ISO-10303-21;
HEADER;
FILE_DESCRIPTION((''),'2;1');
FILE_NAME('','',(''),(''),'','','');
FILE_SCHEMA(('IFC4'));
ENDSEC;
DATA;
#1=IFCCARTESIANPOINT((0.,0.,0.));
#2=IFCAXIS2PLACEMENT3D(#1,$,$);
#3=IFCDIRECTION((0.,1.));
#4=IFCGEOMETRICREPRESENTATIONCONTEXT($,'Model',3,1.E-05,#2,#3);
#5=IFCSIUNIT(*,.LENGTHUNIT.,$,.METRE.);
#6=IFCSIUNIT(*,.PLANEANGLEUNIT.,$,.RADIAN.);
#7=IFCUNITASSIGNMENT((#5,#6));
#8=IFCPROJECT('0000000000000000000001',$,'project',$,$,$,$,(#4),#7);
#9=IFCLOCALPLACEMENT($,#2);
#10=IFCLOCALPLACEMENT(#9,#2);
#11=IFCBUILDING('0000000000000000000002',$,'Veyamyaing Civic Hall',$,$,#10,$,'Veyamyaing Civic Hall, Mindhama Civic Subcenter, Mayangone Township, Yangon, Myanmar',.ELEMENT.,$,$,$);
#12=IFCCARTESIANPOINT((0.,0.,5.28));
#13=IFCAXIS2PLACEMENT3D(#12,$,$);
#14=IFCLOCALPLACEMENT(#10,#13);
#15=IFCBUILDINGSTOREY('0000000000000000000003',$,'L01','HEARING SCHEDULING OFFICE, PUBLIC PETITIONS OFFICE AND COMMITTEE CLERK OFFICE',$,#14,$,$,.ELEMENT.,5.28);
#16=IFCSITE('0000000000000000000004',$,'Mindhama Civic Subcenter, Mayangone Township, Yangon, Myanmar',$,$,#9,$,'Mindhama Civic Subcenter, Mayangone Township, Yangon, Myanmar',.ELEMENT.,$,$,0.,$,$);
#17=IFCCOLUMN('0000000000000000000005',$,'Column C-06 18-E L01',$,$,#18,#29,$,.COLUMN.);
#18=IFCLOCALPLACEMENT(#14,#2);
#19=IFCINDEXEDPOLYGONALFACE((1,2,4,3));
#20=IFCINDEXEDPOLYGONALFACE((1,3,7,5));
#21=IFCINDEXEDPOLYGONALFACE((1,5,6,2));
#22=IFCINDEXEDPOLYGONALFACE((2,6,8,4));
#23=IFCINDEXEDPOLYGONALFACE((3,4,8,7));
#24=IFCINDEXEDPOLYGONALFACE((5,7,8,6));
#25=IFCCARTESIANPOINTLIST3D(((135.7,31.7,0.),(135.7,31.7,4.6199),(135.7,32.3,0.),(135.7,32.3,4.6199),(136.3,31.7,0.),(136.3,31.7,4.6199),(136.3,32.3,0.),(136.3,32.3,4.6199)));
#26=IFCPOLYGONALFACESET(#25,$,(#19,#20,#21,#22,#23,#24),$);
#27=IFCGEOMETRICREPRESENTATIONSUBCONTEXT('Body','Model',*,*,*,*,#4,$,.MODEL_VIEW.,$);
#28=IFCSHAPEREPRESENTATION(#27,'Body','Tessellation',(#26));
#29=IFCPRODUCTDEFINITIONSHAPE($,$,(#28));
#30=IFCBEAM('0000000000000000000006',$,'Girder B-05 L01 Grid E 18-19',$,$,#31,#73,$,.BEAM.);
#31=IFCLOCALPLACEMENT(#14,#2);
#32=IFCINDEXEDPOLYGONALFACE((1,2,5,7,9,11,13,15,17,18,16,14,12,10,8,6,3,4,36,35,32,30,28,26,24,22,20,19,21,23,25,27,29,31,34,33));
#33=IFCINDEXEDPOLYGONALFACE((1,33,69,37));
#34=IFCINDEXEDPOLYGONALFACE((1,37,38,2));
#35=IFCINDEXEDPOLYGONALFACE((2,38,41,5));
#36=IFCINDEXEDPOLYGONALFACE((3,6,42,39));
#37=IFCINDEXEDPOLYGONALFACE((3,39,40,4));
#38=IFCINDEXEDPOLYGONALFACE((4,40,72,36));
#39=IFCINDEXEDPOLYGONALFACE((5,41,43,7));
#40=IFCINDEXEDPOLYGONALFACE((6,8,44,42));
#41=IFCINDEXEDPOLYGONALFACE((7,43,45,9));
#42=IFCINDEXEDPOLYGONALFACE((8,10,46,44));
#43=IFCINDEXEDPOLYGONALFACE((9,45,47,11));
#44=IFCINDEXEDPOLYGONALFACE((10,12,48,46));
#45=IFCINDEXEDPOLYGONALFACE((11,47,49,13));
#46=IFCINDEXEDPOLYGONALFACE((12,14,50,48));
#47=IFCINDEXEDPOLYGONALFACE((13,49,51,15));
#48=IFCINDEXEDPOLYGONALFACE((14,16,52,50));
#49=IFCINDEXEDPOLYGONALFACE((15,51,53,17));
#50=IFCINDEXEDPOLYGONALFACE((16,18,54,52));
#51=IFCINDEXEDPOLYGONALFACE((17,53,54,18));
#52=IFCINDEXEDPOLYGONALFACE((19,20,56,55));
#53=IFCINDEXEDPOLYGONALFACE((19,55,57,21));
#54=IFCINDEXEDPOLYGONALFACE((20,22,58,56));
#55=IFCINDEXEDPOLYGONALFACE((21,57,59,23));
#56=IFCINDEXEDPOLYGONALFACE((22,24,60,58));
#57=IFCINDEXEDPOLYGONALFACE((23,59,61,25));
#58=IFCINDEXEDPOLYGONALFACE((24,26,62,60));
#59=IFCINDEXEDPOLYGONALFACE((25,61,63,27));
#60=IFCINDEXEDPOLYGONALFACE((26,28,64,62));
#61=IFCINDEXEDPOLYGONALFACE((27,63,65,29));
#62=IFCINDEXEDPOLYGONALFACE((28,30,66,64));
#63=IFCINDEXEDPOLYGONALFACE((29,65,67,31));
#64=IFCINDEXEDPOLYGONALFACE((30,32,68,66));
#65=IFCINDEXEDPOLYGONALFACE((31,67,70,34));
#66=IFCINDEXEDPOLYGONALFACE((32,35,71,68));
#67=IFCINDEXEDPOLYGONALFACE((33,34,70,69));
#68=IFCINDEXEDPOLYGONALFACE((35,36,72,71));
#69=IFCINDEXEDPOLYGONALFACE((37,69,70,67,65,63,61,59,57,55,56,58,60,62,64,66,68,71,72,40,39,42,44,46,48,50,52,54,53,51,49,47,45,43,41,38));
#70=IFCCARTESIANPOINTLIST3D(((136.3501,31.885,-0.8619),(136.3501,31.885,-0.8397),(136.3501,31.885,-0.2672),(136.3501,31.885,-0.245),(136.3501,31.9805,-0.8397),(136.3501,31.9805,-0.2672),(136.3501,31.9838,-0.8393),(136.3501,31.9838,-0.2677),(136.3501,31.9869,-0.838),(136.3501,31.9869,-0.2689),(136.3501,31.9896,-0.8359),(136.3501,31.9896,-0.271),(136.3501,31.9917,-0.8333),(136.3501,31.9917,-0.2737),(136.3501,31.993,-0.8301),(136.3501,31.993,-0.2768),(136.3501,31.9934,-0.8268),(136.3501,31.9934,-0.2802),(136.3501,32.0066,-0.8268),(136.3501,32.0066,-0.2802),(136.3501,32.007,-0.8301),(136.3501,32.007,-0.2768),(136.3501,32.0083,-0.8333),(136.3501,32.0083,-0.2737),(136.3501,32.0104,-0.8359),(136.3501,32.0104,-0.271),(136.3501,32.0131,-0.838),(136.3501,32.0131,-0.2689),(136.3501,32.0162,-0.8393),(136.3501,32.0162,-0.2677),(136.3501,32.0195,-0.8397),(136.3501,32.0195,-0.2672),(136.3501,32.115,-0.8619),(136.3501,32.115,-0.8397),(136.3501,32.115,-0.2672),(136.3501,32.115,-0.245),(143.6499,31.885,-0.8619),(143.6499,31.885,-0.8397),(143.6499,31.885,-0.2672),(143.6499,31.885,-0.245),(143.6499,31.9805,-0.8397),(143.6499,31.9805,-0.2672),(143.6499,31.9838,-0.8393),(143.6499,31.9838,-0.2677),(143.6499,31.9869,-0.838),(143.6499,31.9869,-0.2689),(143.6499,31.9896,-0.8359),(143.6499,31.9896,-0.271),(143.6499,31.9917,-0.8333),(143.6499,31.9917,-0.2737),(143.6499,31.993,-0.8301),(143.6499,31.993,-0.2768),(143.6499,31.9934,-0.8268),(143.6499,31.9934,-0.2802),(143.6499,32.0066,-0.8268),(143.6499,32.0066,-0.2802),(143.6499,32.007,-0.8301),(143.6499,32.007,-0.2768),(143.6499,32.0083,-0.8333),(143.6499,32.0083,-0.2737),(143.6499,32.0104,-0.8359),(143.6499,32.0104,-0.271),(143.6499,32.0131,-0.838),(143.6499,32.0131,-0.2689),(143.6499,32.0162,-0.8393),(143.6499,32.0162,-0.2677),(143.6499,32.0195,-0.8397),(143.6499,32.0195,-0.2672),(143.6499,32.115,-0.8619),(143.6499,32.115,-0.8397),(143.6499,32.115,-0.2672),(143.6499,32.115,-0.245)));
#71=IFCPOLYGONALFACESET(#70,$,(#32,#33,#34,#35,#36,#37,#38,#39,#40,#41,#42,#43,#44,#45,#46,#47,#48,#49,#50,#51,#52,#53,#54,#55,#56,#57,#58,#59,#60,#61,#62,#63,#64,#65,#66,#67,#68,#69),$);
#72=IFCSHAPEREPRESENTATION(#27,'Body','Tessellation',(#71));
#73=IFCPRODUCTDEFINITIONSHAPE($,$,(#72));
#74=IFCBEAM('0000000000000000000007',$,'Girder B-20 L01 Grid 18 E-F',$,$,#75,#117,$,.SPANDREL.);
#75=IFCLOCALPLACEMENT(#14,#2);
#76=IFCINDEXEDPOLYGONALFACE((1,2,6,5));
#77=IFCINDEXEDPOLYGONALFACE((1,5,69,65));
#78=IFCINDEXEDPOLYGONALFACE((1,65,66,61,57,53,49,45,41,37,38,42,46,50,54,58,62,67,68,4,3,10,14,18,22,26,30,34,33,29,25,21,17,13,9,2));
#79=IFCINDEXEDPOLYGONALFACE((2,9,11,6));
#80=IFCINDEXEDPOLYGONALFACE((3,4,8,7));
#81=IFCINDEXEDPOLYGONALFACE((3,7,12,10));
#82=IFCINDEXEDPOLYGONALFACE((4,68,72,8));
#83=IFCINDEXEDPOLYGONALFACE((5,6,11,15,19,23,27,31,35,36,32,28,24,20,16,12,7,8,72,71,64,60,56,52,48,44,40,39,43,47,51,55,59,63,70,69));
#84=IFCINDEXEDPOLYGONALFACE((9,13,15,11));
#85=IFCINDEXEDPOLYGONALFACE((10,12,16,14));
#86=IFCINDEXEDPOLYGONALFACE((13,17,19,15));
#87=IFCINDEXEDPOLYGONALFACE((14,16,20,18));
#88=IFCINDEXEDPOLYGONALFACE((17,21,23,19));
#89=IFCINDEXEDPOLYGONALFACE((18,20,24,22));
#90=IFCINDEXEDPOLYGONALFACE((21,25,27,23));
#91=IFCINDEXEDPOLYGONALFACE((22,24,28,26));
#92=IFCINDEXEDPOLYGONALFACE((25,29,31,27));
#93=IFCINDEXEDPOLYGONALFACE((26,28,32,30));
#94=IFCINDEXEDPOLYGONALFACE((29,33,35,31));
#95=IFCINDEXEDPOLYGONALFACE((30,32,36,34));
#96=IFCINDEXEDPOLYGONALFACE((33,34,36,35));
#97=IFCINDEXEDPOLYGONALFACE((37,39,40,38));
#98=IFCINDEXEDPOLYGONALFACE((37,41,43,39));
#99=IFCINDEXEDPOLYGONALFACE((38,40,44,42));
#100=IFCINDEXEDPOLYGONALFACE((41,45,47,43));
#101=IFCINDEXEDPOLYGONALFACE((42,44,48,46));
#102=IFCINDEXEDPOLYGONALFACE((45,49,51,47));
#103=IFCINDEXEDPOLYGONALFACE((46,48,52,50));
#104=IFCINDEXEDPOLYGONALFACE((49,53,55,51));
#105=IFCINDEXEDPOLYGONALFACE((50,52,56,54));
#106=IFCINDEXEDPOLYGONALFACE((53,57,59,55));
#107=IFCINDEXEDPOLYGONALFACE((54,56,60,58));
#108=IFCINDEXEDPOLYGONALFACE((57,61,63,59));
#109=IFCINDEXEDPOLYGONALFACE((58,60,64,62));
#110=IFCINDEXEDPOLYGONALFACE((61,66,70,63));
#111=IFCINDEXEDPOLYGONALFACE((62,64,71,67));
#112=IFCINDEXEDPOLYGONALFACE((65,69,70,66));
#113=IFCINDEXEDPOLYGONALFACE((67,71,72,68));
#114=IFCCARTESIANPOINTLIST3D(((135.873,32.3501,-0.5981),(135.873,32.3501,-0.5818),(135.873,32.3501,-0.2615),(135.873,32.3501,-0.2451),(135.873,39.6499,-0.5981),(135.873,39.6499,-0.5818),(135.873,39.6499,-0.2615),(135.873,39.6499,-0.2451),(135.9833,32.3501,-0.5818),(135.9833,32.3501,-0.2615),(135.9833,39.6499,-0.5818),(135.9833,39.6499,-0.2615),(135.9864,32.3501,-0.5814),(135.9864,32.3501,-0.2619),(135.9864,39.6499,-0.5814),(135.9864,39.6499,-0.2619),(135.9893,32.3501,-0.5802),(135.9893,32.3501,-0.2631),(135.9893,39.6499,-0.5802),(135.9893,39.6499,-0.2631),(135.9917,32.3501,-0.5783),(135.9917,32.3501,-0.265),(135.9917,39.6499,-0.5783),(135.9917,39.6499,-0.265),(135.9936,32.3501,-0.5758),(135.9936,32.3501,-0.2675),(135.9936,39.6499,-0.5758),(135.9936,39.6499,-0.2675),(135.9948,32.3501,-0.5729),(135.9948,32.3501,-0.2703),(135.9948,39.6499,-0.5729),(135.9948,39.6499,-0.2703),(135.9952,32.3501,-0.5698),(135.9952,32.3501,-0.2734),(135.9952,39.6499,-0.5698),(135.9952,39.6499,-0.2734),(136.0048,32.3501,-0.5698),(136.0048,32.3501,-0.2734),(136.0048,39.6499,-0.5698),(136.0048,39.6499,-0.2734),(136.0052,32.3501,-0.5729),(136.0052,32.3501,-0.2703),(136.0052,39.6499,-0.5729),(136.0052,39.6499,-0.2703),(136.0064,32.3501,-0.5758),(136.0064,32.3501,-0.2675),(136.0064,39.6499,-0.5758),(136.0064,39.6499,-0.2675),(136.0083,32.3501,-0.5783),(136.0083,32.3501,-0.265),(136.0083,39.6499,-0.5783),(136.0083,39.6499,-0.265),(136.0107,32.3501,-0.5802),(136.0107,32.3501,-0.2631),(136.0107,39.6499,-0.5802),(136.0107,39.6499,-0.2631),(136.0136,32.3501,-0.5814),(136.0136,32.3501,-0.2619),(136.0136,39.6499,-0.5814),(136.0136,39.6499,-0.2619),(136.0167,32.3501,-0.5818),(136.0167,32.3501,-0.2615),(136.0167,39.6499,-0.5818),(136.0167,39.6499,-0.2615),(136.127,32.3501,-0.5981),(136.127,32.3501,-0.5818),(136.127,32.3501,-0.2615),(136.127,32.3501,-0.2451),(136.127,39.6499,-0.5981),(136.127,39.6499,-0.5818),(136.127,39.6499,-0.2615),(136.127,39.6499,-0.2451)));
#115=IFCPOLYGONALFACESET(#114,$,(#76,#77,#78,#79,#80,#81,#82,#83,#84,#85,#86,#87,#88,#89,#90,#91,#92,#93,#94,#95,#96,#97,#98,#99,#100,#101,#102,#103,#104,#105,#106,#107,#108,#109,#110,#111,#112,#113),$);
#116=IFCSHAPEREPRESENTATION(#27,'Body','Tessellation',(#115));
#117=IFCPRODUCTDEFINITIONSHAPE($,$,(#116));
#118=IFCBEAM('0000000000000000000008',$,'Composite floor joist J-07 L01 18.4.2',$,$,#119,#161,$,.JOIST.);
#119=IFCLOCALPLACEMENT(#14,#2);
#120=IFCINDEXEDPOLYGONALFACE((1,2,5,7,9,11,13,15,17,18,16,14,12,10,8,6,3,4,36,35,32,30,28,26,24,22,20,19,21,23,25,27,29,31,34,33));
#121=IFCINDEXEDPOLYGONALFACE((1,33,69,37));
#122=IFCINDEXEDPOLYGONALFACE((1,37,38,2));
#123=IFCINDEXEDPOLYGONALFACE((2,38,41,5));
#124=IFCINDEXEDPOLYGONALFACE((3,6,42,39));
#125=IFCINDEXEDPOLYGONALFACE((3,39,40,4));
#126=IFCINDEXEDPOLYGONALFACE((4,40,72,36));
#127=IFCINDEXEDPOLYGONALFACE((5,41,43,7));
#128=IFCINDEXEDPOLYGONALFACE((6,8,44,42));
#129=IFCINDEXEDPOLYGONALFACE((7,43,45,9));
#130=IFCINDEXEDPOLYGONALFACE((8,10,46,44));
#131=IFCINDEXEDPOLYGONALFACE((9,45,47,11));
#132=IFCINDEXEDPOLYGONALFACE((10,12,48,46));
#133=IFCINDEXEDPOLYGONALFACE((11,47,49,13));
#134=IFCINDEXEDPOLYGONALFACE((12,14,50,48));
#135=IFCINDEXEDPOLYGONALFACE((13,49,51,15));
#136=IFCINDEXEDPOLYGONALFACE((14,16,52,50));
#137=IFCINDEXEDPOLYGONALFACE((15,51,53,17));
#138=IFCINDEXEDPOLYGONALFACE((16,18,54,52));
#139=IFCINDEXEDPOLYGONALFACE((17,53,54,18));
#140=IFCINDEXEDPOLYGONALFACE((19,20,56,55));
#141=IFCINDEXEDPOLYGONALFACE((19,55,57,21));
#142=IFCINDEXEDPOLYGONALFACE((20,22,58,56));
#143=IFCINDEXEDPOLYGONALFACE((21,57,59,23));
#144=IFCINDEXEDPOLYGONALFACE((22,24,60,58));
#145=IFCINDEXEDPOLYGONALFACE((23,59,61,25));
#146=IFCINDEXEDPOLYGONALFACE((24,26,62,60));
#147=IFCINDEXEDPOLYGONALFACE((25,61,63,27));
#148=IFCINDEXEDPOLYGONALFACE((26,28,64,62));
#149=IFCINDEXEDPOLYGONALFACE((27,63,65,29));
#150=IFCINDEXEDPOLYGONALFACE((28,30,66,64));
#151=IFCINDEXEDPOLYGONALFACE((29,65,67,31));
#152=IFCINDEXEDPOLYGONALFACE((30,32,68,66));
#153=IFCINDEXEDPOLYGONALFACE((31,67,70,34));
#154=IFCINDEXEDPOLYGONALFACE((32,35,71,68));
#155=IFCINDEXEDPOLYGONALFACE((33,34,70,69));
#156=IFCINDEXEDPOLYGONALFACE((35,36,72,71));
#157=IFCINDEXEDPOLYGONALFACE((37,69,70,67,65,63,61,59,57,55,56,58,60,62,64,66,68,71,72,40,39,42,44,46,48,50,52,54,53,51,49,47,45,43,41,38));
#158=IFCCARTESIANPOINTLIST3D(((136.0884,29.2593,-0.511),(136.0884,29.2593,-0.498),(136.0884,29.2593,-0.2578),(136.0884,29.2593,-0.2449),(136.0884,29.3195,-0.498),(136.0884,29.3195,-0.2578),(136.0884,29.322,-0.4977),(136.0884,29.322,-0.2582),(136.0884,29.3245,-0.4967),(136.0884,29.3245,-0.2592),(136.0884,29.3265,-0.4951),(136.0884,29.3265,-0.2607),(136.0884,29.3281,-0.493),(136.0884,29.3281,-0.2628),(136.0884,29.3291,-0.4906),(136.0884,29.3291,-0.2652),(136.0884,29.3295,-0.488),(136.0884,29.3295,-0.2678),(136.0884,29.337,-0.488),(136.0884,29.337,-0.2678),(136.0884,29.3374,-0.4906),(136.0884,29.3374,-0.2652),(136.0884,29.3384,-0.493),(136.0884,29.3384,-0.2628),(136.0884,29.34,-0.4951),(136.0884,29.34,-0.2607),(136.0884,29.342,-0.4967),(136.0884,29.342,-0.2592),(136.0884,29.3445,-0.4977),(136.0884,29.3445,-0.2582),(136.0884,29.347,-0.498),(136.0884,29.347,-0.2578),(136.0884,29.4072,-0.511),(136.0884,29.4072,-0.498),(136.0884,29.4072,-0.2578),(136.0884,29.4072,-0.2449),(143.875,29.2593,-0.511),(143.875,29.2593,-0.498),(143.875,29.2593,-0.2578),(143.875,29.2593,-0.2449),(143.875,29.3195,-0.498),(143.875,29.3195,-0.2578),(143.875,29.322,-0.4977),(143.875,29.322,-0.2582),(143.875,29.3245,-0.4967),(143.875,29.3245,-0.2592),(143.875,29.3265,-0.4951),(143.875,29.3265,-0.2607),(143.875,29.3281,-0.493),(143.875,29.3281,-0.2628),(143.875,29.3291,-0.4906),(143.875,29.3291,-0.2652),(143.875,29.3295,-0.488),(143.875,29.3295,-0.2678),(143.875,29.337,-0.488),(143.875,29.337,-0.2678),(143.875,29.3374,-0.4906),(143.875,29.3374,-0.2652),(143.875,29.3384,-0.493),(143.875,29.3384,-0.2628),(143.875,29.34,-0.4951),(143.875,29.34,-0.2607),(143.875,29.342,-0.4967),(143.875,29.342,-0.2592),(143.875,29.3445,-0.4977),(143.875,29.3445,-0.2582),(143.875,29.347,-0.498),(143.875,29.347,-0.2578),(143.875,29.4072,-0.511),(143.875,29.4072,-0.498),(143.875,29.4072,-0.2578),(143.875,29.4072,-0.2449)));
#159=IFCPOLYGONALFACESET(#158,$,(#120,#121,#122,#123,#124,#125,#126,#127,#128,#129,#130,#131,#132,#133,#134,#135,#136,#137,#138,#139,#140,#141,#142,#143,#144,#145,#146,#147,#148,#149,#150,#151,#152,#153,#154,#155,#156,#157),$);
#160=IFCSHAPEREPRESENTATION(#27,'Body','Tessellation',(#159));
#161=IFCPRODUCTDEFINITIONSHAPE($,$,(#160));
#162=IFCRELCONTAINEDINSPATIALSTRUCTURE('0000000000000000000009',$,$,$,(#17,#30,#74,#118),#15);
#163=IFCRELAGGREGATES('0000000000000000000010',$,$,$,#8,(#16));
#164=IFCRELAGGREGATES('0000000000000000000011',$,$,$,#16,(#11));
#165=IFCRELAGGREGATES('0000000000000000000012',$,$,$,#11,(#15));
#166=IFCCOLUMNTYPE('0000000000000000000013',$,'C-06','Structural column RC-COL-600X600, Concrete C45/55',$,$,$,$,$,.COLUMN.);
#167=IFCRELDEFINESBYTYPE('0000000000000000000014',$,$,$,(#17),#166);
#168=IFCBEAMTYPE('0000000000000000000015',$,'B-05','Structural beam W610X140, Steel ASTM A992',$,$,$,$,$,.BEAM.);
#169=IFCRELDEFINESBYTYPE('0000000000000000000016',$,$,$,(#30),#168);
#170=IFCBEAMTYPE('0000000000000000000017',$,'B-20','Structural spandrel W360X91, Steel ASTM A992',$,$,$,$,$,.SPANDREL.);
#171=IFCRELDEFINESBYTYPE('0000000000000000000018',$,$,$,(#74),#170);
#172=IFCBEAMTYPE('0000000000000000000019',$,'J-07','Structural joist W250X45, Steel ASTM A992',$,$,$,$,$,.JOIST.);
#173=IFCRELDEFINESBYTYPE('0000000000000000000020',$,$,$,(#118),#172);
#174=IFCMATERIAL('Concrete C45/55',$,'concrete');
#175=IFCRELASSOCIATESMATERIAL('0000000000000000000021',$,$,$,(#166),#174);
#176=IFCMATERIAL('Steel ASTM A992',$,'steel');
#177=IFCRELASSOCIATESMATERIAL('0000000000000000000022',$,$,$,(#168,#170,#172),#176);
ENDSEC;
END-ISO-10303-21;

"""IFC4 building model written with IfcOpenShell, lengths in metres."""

from ifc_helpers import new_model, si_unit, direction, frame, origin, origin_2d, place, context, subcontext, project, spatial, rectangle, i_section, extrude, material, material_profile, profile_set, type_object, element, save


model = new_model("IFC4")

# Units and contexts
model_context = context("Model", 3, precision=1e-05, world=origin(), true_north=direction((0.0, 1.0)))
body_context = subcontext(model_context, "Body", "Model", "MODEL_VIEW")
ifc_project = project(units=[si_unit("LENGTHUNIT", "METRE"), si_unit("PLANEANGLEUNIT", "RADIAN")], contexts=[model_context])

# Site, building, storey
site_placement = place(None, origin())
site = spatial("IfcSite", under=ifc_project, at=site_placement, Name="Mindhama Civic Subcenter, Mayangone Township, Yangon, Myanmar", LongName="Mindhama Civic Subcenter, Mayangone Township, Yangon, Myanmar", CompositionType="ELEMENT", RefElevation=0.0)
building_placement = place(site_placement, origin())
building = spatial("IfcBuilding", under=site, at=building_placement, Name="Veyamyaing Civic Hall", LongName="Veyamyaing Civic Hall, Mindhama Civic Subcenter, Mayangone Township, Yangon, Myanmar", CompositionType="ELEMENT")
storey_placement = place(building_placement, frame((0.0, 0.0, 5.28)))
storey = spatial("IfcBuildingStorey", under=building, at=storey_placement, Name="L01", Description="HEARING SCHEDULING OFFICE, PUBLIC PETITIONS OFFICE AND COMMITTEE CLERK OFFICE", CompositionType="ELEMENT", Elevation=5.28)

# Column
ifc_material_1 = material(Name="Concrete C45/55", Category="concrete")
ifc_material_profile_1 = material_profile(ifc_material_1, rectangle(XDim=0.6001, YDim=0.6001, at=origin_2d()), Name="RC-COL-600X600")
ifc_profile_set_1 = profile_set([ifc_material_profile_1], Name="Concrete C45/55")
column_type = type_object("IfcColumnType", Name="C-06", Description="Structural column RC-COL-600X600, Concrete C45/55", PredefinedType="COLUMN", material=ifc_profile_set_1)
column_placement = place(storey_placement, frame((136.0, 32.0, 0.0), z_axis=(0.0, 0.0, 1.0), x_axis=(1.0, 0.0, 0.0)))
element("IfcColumn", 1, at=column_placement, inside=storey, type_object=column_type, Name="Column C-06 18-E L01", PredefinedType="COLUMN", context=body_context, shape_type="SweptSolid", body=[
    extrude(rectangle(XDim=0.6001, YDim=0.6001, at=origin_2d()), origin(), (0.0, 0.0, 1.0), 4.6199),
])

# Beams
ifc_material_2 = material(Name="Steel ASTM A992", Category="steel")
ifc_material_profile_2 = material_profile(ifc_material_2, i_section(OverallWidth=0.23, OverallDepth=0.6169, WebThickness=0.0132, FlangeThickness=0.0222, FilletRadius=0.0129, at=origin_2d()), Name="W610X140")
ifc_profile_set_2 = profile_set([ifc_material_profile_2], Name="Steel ASTM A992")
beam_type_1 = type_object("IfcBeamType", Name="B-05", Description="Structural beam W610X140, Steel ASTM A992", PredefinedType="BEAM", material=ifc_profile_set_2)
beam_1_placement = place(storey_placement, frame((136.3501, 32.0, -0.5535), z_axis=(1.0, 0.0, 0.0), x_axis=(0.0, 1.0, 0.0)))
element("IfcBeam", 2, at=beam_1_placement, inside=storey, type_object=beam_type_1, Name="Girder B-05 L01 Grid E 18-19", PredefinedType="BEAM", context=body_context, shape_type="SweptSolid", body=[
    extrude(i_section(OverallWidth=0.23, OverallDepth=0.6169, WebThickness=0.0132, FlangeThickness=0.0222, FilletRadius=0.0129, at=origin_2d()), origin(), (0.0, 0.0, 1.0), 7.2998),
])
ifc_material_profile_3 = material_profile(ifc_material_2, i_section(OverallWidth=0.2539, OverallDepth=0.353, WebThickness=0.0095, FlangeThickness=0.0164, FilletRadius=0.012, at=origin_2d()), Name="W360X91")
ifc_profile_set_3 = profile_set([ifc_material_profile_3], Name="Steel ASTM A992")
beam_type_2 = type_object("IfcBeamType", Name="B-20", Description="Structural spandrel W360X91, Steel ASTM A992", PredefinedType="SPANDREL", material=ifc_profile_set_3)
beam_2_placement = place(storey_placement, frame((136.0, 32.3501, -0.4216), z_axis=(0.0, 1.0, 0.0), x_axis=(-1.0, 0.0, 0.0)))
element("IfcBeam", 3, at=beam_2_placement, inside=storey, type_object=beam_type_2, Name="Girder B-20 L01 Grid 18 E-F", PredefinedType="SPANDREL", context=body_context, shape_type="SweptSolid", body=[
    extrude(i_section(OverallWidth=0.2539, OverallDepth=0.353, WebThickness=0.0095, FlangeThickness=0.0164, FilletRadius=0.012, at=origin_2d()), origin(), (0.0, 0.0, 1.0), 7.2998),
])
ifc_material_profile_4 = material_profile(ifc_material_2, i_section(OverallWidth=0.1479, OverallDepth=0.2661, WebThickness=0.0076, FlangeThickness=0.0129, FilletRadius=0.01, at=origin_2d()), Name="W250X45")
ifc_profile_set_4 = profile_set([ifc_material_profile_4], Name="Steel ASTM A992")
beam_type_3 = type_object("IfcBeamType", Name="J-07", Description="Structural joist W250X45, Steel ASTM A992", PredefinedType="JOIST", material=ifc_profile_set_4)
beam_3_placement = place(storey_placement, frame((136.0884, 29.3333, -0.3779), z_axis=(1.0, 0.0, 0.0), x_axis=(0.0, 1.0, 0.0)))
element("IfcBeam", 4, at=beam_3_placement, inside=storey, type_object=beam_type_3, Name="Composite floor joist J-07 L01 18.4.2", PredefinedType="JOIST", context=body_context, shape_type="SweptSolid", body=[
    extrude(i_section(OverallWidth=0.1479, OverallDepth=0.2661, WebThickness=0.0076, FlangeThickness=0.0129, FilletRadius=0.01, at=origin_2d()), origin(), (0.0, 0.0, 1.0), 7.7866),
])

save(model, "model.ifc")
